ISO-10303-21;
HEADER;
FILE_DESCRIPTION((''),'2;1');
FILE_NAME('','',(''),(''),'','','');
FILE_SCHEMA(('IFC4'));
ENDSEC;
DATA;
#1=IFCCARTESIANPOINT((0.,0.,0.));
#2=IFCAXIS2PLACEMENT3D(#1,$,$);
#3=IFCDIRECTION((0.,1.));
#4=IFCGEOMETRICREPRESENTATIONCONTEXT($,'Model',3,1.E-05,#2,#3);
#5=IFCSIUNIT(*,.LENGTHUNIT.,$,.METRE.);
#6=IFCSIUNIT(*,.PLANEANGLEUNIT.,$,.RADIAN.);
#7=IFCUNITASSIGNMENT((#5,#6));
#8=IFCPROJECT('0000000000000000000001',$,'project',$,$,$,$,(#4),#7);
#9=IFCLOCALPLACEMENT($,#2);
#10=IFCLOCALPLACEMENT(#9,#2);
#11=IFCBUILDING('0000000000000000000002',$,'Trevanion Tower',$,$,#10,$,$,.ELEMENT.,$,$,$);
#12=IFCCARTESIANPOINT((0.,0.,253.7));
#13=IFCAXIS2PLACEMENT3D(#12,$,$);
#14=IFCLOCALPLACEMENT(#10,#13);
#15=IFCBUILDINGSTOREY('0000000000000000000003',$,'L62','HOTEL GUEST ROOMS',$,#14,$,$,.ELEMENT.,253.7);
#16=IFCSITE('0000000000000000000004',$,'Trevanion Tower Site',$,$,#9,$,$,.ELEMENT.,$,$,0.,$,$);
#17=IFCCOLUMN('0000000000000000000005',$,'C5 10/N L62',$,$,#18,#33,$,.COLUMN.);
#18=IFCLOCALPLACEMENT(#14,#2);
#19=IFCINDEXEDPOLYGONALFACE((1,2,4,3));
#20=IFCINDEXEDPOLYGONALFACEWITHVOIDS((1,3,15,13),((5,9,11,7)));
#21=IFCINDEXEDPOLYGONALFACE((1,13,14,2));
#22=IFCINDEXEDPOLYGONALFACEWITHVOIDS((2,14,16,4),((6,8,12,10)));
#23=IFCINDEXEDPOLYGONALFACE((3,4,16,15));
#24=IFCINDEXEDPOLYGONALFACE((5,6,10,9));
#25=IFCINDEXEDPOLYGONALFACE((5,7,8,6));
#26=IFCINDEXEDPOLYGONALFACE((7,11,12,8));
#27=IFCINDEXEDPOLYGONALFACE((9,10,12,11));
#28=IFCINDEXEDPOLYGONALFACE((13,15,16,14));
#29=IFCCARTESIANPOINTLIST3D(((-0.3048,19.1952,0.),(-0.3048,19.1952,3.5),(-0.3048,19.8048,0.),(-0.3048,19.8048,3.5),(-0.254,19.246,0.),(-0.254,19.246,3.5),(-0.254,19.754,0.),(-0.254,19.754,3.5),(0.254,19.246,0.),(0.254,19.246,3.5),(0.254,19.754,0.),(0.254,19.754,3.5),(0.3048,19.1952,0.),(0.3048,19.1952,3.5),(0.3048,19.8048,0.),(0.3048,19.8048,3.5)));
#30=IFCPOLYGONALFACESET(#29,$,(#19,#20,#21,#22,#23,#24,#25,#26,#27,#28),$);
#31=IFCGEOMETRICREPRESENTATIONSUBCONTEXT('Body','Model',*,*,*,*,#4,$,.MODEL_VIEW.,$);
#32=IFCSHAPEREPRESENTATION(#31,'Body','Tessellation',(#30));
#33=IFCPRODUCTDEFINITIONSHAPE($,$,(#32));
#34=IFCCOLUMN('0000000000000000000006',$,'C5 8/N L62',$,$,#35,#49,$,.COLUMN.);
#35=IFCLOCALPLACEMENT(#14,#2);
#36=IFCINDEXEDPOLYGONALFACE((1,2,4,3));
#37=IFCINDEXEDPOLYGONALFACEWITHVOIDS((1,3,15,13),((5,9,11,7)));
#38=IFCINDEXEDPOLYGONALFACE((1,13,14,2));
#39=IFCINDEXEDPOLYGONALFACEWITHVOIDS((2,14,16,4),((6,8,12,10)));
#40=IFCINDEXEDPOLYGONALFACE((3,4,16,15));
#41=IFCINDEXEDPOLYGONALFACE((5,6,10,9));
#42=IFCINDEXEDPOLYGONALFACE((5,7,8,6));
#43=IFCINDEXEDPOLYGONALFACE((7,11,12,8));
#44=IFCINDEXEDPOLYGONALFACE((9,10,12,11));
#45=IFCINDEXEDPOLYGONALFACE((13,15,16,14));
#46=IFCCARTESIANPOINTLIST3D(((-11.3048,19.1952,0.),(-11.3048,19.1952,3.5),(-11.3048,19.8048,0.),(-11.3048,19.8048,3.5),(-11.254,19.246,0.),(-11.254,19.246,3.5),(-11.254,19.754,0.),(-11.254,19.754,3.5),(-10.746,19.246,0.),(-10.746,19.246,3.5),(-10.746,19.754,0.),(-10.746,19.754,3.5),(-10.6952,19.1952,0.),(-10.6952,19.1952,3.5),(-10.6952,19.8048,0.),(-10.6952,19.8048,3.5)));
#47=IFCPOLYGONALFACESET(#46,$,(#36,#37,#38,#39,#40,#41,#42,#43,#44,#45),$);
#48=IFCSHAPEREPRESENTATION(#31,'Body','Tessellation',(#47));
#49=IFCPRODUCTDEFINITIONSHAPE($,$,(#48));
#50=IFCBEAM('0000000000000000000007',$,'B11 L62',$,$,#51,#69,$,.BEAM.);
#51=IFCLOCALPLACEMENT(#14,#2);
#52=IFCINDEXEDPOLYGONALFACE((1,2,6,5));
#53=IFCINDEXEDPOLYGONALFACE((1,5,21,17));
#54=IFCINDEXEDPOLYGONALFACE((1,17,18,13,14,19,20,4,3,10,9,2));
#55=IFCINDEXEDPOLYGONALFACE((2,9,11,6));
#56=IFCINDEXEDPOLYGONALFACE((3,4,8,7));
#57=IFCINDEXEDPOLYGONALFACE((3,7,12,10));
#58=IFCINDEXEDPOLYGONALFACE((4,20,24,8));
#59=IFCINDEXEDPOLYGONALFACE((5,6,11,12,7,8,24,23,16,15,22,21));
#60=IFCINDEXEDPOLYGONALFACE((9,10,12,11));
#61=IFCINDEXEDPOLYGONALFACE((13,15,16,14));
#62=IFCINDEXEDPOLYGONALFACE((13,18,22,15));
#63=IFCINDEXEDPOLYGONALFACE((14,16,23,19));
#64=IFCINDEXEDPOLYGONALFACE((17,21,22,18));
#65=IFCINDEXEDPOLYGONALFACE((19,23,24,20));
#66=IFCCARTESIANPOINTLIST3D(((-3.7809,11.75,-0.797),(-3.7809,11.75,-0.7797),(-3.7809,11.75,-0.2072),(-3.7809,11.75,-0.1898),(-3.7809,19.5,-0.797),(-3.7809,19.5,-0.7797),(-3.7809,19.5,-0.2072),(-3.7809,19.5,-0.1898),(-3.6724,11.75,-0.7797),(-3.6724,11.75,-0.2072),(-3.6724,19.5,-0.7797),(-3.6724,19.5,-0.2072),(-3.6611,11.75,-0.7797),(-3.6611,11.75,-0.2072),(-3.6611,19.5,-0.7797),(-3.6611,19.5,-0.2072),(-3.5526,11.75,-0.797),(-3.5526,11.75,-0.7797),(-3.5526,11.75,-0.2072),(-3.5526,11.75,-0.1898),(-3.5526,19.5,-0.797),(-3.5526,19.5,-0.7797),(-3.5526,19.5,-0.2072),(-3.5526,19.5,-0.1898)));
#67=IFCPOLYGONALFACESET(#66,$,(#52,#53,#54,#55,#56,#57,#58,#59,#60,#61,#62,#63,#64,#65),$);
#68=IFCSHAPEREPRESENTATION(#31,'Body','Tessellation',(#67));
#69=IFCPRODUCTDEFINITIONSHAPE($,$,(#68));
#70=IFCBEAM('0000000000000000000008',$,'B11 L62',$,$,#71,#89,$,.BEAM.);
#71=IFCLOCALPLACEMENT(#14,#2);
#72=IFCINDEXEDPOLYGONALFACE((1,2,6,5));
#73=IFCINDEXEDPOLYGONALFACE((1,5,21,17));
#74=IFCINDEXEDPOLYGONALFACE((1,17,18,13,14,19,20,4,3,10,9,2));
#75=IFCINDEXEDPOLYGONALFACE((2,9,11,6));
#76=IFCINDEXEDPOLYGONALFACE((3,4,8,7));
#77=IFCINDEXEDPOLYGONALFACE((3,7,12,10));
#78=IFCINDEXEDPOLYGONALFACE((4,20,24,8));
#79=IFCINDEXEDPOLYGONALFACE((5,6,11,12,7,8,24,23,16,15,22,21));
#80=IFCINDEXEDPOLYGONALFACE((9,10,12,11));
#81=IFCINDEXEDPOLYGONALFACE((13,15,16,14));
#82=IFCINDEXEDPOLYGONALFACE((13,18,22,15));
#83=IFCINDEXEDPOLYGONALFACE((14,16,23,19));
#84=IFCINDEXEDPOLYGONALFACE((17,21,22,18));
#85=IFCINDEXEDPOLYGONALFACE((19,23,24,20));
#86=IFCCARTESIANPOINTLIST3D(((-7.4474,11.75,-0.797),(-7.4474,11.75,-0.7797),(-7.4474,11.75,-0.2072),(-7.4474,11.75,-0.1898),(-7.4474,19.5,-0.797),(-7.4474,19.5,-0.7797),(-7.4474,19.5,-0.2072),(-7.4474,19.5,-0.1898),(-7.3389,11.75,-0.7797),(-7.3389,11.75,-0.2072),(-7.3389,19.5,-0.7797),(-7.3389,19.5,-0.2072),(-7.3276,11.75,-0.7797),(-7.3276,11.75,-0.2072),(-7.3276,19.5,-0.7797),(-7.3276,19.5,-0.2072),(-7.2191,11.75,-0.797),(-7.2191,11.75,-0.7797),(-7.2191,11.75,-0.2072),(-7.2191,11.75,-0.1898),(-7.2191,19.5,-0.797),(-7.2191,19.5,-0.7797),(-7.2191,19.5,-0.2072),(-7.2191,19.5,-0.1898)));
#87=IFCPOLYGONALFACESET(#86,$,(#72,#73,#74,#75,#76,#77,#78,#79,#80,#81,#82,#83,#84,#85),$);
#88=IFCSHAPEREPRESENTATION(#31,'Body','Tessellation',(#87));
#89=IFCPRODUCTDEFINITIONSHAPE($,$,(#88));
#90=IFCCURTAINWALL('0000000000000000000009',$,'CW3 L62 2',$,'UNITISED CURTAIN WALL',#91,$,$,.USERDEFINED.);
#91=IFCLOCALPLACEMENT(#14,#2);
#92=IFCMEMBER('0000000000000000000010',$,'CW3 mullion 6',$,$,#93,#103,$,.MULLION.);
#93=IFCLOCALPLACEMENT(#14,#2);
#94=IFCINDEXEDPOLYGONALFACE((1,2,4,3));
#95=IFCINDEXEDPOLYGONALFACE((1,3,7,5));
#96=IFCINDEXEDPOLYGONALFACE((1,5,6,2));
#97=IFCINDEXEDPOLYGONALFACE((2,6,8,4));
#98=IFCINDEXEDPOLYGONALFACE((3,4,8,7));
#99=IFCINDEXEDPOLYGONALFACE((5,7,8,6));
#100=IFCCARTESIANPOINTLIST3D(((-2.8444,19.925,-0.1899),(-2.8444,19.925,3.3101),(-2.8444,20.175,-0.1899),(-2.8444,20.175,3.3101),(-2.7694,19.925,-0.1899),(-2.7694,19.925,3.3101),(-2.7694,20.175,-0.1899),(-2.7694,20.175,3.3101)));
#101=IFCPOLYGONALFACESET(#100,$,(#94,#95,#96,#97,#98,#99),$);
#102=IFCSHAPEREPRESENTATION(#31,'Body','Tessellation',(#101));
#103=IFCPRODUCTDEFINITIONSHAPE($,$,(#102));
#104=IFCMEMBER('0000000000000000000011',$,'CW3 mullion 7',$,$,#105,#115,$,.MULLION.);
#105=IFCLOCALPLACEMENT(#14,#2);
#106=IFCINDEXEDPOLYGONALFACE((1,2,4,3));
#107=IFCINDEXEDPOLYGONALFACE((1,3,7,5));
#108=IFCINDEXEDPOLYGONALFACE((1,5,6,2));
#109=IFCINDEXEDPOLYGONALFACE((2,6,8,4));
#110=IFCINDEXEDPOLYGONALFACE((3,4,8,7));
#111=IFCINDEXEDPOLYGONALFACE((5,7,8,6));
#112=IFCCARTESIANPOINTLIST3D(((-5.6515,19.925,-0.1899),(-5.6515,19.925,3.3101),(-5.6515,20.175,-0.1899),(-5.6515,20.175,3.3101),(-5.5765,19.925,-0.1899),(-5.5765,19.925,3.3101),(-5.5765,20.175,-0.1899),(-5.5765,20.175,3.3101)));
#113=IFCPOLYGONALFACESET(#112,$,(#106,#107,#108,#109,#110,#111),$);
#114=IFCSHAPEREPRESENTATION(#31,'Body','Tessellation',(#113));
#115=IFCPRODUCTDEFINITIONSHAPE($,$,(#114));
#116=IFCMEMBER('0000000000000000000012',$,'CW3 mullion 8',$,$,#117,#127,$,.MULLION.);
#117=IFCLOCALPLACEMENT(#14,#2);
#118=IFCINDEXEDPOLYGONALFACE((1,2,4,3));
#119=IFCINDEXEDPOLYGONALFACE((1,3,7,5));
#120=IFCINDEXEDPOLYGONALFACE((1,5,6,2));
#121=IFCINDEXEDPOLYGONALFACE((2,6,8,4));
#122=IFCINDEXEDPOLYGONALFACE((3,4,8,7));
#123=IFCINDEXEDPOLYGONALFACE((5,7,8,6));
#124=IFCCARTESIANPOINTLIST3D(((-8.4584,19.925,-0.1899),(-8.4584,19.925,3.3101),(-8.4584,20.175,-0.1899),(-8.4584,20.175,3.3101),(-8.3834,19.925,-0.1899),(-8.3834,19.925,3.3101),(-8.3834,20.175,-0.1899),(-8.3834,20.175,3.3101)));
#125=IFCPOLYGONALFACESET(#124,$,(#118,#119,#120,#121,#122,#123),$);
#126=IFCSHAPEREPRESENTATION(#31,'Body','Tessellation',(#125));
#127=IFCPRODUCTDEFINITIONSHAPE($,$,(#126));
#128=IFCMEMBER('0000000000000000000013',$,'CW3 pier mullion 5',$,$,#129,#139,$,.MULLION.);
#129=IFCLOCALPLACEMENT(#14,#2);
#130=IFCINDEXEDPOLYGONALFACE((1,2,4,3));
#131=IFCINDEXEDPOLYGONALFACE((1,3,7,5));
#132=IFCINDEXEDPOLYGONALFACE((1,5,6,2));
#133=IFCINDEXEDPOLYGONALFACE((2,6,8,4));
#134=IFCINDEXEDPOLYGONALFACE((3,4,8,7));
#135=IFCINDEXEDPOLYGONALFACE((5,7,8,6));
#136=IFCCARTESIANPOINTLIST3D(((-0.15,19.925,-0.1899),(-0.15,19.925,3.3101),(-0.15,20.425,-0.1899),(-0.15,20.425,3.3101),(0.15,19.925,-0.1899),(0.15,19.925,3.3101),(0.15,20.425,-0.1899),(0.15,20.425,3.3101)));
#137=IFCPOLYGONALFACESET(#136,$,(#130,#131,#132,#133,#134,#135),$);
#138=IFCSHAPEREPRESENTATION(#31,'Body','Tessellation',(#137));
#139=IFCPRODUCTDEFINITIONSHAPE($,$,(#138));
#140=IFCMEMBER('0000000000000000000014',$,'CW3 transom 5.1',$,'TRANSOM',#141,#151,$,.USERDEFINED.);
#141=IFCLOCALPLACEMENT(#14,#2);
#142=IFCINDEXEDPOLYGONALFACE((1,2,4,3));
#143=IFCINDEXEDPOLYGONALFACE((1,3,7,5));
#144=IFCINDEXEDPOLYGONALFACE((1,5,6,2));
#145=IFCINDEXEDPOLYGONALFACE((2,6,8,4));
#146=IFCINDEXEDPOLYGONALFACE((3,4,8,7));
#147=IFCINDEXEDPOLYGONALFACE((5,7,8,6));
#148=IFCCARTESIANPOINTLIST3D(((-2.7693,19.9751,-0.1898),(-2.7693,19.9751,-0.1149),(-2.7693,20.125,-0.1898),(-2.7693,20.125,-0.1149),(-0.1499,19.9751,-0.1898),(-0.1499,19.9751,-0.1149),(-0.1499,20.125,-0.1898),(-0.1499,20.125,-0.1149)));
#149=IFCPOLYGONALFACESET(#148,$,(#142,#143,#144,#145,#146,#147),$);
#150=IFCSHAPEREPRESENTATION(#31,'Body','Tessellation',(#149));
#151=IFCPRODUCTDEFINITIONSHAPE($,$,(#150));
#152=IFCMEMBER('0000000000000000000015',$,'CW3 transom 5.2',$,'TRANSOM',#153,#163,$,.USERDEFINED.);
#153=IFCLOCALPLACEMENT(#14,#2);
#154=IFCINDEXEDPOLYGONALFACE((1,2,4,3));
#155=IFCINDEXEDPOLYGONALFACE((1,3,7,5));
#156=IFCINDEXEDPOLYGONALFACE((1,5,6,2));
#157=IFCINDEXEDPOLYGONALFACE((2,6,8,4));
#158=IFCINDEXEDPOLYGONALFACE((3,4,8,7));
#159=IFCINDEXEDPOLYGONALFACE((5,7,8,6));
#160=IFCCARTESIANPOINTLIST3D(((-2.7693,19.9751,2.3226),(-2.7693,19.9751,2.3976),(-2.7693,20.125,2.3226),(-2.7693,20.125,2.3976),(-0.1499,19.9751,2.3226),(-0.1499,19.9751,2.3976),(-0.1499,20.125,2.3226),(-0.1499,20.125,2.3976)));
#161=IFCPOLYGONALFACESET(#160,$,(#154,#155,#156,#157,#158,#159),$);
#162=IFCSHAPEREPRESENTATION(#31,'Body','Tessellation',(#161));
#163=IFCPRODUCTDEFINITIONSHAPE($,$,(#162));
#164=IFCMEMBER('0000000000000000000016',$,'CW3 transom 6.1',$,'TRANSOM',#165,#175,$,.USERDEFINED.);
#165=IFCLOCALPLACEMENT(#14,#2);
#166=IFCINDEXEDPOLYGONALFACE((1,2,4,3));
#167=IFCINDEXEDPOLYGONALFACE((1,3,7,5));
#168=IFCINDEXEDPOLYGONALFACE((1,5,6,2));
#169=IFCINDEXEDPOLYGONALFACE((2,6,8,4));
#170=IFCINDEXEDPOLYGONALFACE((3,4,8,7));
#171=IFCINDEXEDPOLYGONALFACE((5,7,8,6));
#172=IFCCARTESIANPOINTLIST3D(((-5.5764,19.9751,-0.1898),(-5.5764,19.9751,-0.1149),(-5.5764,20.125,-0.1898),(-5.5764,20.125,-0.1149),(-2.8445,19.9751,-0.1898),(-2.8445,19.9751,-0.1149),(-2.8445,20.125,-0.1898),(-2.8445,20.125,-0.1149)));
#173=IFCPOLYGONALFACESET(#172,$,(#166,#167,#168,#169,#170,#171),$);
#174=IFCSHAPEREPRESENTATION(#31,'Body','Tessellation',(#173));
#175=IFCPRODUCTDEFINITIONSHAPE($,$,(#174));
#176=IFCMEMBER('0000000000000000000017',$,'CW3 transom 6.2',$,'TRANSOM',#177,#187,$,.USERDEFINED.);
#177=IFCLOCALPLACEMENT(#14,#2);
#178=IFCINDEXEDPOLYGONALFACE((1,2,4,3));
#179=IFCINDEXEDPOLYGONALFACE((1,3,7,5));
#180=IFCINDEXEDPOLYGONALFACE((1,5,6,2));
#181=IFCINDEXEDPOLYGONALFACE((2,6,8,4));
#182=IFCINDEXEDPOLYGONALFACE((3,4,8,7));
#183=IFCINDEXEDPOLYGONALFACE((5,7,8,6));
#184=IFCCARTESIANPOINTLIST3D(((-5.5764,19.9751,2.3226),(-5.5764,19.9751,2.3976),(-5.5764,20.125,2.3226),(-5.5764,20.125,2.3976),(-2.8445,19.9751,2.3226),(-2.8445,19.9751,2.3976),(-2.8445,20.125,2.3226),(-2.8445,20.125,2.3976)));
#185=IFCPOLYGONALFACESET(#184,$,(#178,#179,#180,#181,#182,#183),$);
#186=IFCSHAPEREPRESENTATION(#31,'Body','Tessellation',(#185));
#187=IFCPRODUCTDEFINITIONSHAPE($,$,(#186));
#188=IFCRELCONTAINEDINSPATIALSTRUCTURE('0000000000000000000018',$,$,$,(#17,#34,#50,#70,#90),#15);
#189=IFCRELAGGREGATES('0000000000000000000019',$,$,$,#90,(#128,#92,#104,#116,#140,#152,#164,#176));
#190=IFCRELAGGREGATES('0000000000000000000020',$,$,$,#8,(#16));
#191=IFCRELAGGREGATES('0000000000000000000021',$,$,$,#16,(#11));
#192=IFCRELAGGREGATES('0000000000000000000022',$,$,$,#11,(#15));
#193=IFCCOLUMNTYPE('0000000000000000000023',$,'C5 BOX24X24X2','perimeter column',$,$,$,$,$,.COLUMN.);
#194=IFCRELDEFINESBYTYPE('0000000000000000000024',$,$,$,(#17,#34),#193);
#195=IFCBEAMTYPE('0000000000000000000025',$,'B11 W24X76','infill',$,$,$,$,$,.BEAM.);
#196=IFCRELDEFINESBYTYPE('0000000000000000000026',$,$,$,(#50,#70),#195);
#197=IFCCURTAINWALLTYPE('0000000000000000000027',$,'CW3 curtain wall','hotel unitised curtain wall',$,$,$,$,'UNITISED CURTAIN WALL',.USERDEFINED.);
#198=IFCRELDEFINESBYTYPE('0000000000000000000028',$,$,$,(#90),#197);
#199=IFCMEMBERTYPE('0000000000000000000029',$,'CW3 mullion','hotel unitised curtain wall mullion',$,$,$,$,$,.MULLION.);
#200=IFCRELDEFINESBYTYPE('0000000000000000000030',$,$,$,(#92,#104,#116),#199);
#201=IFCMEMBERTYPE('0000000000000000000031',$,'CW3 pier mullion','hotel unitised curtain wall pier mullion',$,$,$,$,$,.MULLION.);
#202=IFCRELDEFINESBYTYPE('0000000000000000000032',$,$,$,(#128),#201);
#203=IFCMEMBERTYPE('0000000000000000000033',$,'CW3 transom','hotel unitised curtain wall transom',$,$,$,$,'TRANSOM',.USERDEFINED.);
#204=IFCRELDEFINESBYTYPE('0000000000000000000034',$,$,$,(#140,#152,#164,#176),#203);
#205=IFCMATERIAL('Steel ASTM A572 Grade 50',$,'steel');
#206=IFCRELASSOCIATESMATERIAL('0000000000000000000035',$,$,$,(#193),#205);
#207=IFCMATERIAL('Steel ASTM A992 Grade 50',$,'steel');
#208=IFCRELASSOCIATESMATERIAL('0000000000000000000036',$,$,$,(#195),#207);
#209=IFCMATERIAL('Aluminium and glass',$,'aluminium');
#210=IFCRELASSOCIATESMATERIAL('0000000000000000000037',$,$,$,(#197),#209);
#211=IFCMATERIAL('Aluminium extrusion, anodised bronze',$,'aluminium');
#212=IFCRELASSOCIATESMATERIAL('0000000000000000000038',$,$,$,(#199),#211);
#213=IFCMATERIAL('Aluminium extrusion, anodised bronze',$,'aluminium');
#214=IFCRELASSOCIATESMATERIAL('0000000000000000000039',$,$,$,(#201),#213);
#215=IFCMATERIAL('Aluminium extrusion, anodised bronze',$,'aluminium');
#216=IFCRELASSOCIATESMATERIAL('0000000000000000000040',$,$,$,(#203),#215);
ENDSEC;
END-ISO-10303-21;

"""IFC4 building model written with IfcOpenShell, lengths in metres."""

from ifc_helpers import new_model, si_unit, direction, frame, origin, origin_2d, place, context, subcontext, project, spatial, rectangle, hollow_rectangle, i_section, extrude, material, material_profile, profile_set, type_object, element, aggregate, save


model = new_model("IFC4")

# Units and contexts
model_context = context("Model", 3, precision=1e-05, world=origin(), true_north=direction((0.0, 1.0)))
body_context = subcontext(model_context, "Body", "Model", "MODEL_VIEW")
ifc_project = project(units=[si_unit("LENGTHUNIT", "METRE"), si_unit("PLANEANGLEUNIT", "RADIAN")], contexts=[model_context])

# Site, building, storey
site_placement = place(None, origin())
site = spatial("IfcSite", under=ifc_project, at=site_placement, Name="Trevanion Tower Site", CompositionType="ELEMENT", RefElevation=0.0)
building_placement = place(site_placement, origin())
building = spatial("IfcBuilding", under=site, at=building_placement, Name="Trevanion Tower", CompositionType="ELEMENT")
storey_placement = place(building_placement, frame((0.0, 0.0, 253.7)))
storey = spatial("IfcBuildingStorey", under=building, at=storey_placement, Name="L62", Description="HOTEL GUEST ROOMS", CompositionType="ELEMENT", Elevation=253.7)

# Columns
ifc_material_1 = material(Name="Steel ASTM A572 Grade 50", Category="steel")
ifc_material_profile_1 = material_profile(ifc_material_1, hollow_rectangle(XDim=0.6096, YDim=0.6096, WallThickness=0.0508, at=origin_2d()), Name="BOX24X24X2")
ifc_profile_set_1 = profile_set([ifc_material_profile_1], Name="Steel ASTM A572 Grade 50")
column_type = type_object("IfcColumnType", Name="C5 BOX24X24X2", Description="perimeter column", PredefinedType="COLUMN", material=ifc_profile_set_1)
for number, where, z_axis, x_axis, name in (
    (1, (0.0, 19.5, 0.0), (0.0, 0.0, 1.0), (1.0, 0.0, 0.0), "C5 10/N L62"),
    (2, (-11.0, 19.5, 0.0), (0.0, 0.0, 1.0), (1.0, 0.0, 0.0), "C5 8/N L62"),
):
    element("IfcColumn", number, at=place(storey_placement, frame(where, z_axis=z_axis, x_axis=x_axis)), inside=storey, type_object=column_type, Name=name, PredefinedType="COLUMN", context=body_context, shape_type="SweptSolid", body=[
        extrude(hollow_rectangle(XDim=0.6096, YDim=0.6096, WallThickness=0.0508, at=origin_2d()), origin(), (0.0, 0.0, 1.0), 3.5),
    ])

# Beams
ifc_material_2 = material(Name="Steel ASTM A992 Grade 50", Category="steel")
ifc_material_profile_2 = material_profile(ifc_material_2, i_section(OverallWidth=0.2283, OverallDepth=0.6072, WebThickness=0.0112, FlangeThickness=0.0173, at=origin_2d()), Name="W24X76")
ifc_profile_set_2 = profile_set([ifc_material_profile_2], Name="Steel ASTM A992 Grade 50")
beam_type_1 = type_object("IfcBeamType", Name="B11 W24X76", Description="infill", PredefinedType="BEAM", material=ifc_profile_set_2)
for number, where, z_axis, x_axis, name in (
    (3, (-3.6667, 11.75, -0.4934), (0.0, 1.0, 0.0), (-1.0, 0.0, 0.0), "B11 L62"),
    (4, (-7.3333, 11.75, -0.4934), (0.0, 1.0, 0.0), (-1.0, 0.0, 0.0), "B11 L62"),
):
    element("IfcBeam", number, at=place(storey_placement, frame(where, z_axis=z_axis, x_axis=x_axis)), inside=storey, type_object=beam_type_1, Name=name, PredefinedType="BEAM", context=body_context, shape_type="SweptSolid", body=[
        extrude(i_section(OverallWidth=0.2283, OverallDepth=0.6072, WebThickness=0.0112, FlangeThickness=0.0173, at=origin_2d()), origin(), (0.0, 0.0, 1.0), 7.75),
    ])

# Curtain wall, members
ifc_material_3 = material(Name="Aluminium and glass", Category="aluminium")
curtain_wall_type = type_object("IfcCurtainWallType", Name="CW3 curtain wall", Description="hotel unitised curtain wall", ElementType="UNITISED CURTAIN WALL", PredefinedType="USERDEFINED", material=ifc_material_3)
curtain_wall_placement = place(storey_placement, origin())
curtain_wall = element("IfcCurtainWall", 5, at=curtain_wall_placement, inside=storey, type_object=curtain_wall_type, Name="CW3 L62 2", ObjectType="UNITISED CURTAIN WALL", PredefinedType="USERDEFINED")
ifc_material_4 = material(Name="Aluminium extrusion, anodised bronze", Category="aluminium")
ifc_material_profile_3 = material_profile(ifc_material_4, rectangle(XDim=0.075, YDim=0.25, at=origin_2d()), Name="CW3 mullion")
ifc_profile_set_3 = profile_set([ifc_material_profile_3], Name="Aluminium extrusion, anodised bronze")
member_type_1 = type_object("IfcMemberType", Name="CW3 mullion", Description="hotel unitised curtain wall mullion", PredefinedType="MULLION", material=ifc_profile_set_3)
member_1_placement = place(storey_placement, frame((-2.8069, 20.05, -0.1899), z_axis=(0.0, 0.0, 1.0), x_axis=(-1.0, 0.0, 0.0)))
member_1 = element("IfcMember", 6, at=member_1_placement, type_object=member_type_1, Name="CW3 mullion 6", PredefinedType="MULLION", context=body_context, shape_type="SweptSolid", body=[
    extrude(rectangle(XDim=0.075, YDim=0.25, at=origin_2d()), origin(), (0.0, 0.0, 1.0), 3.5),
])
member_2_placement = place(storey_placement, frame((-5.614, 20.05, -0.1899), z_axis=(0.0, 0.0, 1.0), x_axis=(-1.0, 0.0, 0.0)))
member_2 = element("IfcMember", 7, at=member_2_placement, type_object=member_type_1, Name="CW3 mullion 7", PredefinedType="MULLION", context=body_context, shape_type="SweptSolid", body=[
    extrude(rectangle(XDim=0.075, YDim=0.25, at=origin_2d()), origin(), (0.0, 0.0, 1.0), 3.5),
])
member_3_placement = place(storey_placement, frame((-8.4209, 20.05, -0.1899), z_axis=(0.0, 0.0, 1.0), x_axis=(-1.0, 0.0, 0.0)))
member_3 = element("IfcMember", 8, at=member_3_placement, type_object=member_type_1, Name="CW3 mullion 8", PredefinedType="MULLION", context=body_context, shape_type="SweptSolid", body=[
    extrude(rectangle(XDim=0.075, YDim=0.25, at=origin_2d()), origin(), (0.0, 0.0, 1.0), 3.5),
])
ifc_material_5 = material(Name="Aluminium extrusion, anodised bronze", Category="aluminium")
ifc_material_profile_4 = material_profile(ifc_material_5, rectangle(XDim=0.3, YDim=0.5, at=origin_2d()), Name="CW3 pier mullion")
ifc_profile_set_4 = profile_set([ifc_material_profile_4], Name="Aluminium extrusion, anodised bronze")
member_type_2 = type_object("IfcMemberType", Name="CW3 pier mullion", Description="hotel unitised curtain wall pier mullion", PredefinedType="MULLION", material=ifc_profile_set_4)
member_4_placement = place(storey_placement, frame((0.0, 20.175, -0.1899), z_axis=(0.0, 0.0, 1.0), x_axis=(-1.0, 0.0, 0.0)))
member_4 = element("IfcMember", 9, at=member_4_placement, type_object=member_type_2, Name="CW3 pier mullion 5", PredefinedType="MULLION", context=body_context, shape_type="SweptSolid", body=[
    extrude(rectangle(XDim=0.3, YDim=0.5, at=origin_2d()), origin(), (0.0, 0.0, 1.0), 3.5),
])
ifc_material_6 = material(Name="Aluminium extrusion, anodised bronze", Category="aluminium")
ifc_material_profile_5 = material_profile(ifc_material_6, rectangle(XDim=0.1499, YDim=0.075, at=origin_2d()), Name="CW3 transom")
ifc_profile_set_5 = profile_set([ifc_material_profile_5], Name="Aluminium extrusion, anodised bronze")
member_type_3 = type_object("IfcMemberType", Name="CW3 transom", Description="hotel unitised curtain wall transom", ElementType="TRANSOM", PredefinedType="USERDEFINED", material=ifc_profile_set_5)
member_5_placement = place(storey_placement, frame((-0.1499, 20.05, -0.1523), z_axis=(-1.0, 0.0, 0.0), x_axis=(0.0, -1.0, 0.0)))
member_5 = element("IfcMember", 10, at=member_5_placement, type_object=member_type_3, Name="CW3 transom 5.1", ObjectType="TRANSOM", PredefinedType="USERDEFINED", context=body_context, shape_type="SweptSolid", body=[
    extrude(rectangle(XDim=0.1499, YDim=0.075, at=origin_2d()), origin(), (0.0, 0.0, 1.0), 2.6194),
])
member_6_placement = place(storey_placement, frame((-0.1499, 20.05, 2.3601), z_axis=(-1.0, 0.0, 0.0), x_axis=(0.0, -1.0, 0.0)))
member_6 = element("IfcMember", 11, at=member_6_placement, type_object=member_type_3, Name="CW3 transom 5.2", ObjectType="TRANSOM", PredefinedType="USERDEFINED", context=body_context, shape_type="SweptSolid", body=[
    extrude(rectangle(XDim=0.1499, YDim=0.075, at=origin_2d()), origin(), (0.0, 0.0, 1.0), 2.6194),
])
member_7_placement = place(storey_placement, frame((-2.8445, 20.05, -0.1523), z_axis=(-1.0, 0.0, 0.0), x_axis=(0.0, -1.0, 0.0)))
member_7 = element("IfcMember", 12, at=member_7_placement, type_object=member_type_3, Name="CW3 transom 6.1", ObjectType="TRANSOM", PredefinedType="USERDEFINED", context=body_context, shape_type="SweptSolid", body=[
    extrude(rectangle(XDim=0.1499, YDim=0.075, at=origin_2d()), origin(), (0.0, 0.0, 1.0), 2.7319),
])
member_8_placement = place(storey_placement, frame((-2.8445, 20.05, 2.3601), z_axis=(-1.0, 0.0, 0.0), x_axis=(0.0, -1.0, 0.0)))
member_8 = element("IfcMember", 13, at=member_8_placement, type_object=member_type_3, Name="CW3 transom 6.2", ObjectType="TRANSOM", PredefinedType="USERDEFINED", context=body_context, shape_type="SweptSolid", body=[
    extrude(rectangle(XDim=0.1499, YDim=0.075, at=origin_2d()), origin(), (0.0, 0.0, 1.0), 2.7319),
])

aggregate(curtain_wall, [member_4, member_1, member_2, member_3, member_5, member_6, member_7, member_8])

save(model, "model.ifc")
